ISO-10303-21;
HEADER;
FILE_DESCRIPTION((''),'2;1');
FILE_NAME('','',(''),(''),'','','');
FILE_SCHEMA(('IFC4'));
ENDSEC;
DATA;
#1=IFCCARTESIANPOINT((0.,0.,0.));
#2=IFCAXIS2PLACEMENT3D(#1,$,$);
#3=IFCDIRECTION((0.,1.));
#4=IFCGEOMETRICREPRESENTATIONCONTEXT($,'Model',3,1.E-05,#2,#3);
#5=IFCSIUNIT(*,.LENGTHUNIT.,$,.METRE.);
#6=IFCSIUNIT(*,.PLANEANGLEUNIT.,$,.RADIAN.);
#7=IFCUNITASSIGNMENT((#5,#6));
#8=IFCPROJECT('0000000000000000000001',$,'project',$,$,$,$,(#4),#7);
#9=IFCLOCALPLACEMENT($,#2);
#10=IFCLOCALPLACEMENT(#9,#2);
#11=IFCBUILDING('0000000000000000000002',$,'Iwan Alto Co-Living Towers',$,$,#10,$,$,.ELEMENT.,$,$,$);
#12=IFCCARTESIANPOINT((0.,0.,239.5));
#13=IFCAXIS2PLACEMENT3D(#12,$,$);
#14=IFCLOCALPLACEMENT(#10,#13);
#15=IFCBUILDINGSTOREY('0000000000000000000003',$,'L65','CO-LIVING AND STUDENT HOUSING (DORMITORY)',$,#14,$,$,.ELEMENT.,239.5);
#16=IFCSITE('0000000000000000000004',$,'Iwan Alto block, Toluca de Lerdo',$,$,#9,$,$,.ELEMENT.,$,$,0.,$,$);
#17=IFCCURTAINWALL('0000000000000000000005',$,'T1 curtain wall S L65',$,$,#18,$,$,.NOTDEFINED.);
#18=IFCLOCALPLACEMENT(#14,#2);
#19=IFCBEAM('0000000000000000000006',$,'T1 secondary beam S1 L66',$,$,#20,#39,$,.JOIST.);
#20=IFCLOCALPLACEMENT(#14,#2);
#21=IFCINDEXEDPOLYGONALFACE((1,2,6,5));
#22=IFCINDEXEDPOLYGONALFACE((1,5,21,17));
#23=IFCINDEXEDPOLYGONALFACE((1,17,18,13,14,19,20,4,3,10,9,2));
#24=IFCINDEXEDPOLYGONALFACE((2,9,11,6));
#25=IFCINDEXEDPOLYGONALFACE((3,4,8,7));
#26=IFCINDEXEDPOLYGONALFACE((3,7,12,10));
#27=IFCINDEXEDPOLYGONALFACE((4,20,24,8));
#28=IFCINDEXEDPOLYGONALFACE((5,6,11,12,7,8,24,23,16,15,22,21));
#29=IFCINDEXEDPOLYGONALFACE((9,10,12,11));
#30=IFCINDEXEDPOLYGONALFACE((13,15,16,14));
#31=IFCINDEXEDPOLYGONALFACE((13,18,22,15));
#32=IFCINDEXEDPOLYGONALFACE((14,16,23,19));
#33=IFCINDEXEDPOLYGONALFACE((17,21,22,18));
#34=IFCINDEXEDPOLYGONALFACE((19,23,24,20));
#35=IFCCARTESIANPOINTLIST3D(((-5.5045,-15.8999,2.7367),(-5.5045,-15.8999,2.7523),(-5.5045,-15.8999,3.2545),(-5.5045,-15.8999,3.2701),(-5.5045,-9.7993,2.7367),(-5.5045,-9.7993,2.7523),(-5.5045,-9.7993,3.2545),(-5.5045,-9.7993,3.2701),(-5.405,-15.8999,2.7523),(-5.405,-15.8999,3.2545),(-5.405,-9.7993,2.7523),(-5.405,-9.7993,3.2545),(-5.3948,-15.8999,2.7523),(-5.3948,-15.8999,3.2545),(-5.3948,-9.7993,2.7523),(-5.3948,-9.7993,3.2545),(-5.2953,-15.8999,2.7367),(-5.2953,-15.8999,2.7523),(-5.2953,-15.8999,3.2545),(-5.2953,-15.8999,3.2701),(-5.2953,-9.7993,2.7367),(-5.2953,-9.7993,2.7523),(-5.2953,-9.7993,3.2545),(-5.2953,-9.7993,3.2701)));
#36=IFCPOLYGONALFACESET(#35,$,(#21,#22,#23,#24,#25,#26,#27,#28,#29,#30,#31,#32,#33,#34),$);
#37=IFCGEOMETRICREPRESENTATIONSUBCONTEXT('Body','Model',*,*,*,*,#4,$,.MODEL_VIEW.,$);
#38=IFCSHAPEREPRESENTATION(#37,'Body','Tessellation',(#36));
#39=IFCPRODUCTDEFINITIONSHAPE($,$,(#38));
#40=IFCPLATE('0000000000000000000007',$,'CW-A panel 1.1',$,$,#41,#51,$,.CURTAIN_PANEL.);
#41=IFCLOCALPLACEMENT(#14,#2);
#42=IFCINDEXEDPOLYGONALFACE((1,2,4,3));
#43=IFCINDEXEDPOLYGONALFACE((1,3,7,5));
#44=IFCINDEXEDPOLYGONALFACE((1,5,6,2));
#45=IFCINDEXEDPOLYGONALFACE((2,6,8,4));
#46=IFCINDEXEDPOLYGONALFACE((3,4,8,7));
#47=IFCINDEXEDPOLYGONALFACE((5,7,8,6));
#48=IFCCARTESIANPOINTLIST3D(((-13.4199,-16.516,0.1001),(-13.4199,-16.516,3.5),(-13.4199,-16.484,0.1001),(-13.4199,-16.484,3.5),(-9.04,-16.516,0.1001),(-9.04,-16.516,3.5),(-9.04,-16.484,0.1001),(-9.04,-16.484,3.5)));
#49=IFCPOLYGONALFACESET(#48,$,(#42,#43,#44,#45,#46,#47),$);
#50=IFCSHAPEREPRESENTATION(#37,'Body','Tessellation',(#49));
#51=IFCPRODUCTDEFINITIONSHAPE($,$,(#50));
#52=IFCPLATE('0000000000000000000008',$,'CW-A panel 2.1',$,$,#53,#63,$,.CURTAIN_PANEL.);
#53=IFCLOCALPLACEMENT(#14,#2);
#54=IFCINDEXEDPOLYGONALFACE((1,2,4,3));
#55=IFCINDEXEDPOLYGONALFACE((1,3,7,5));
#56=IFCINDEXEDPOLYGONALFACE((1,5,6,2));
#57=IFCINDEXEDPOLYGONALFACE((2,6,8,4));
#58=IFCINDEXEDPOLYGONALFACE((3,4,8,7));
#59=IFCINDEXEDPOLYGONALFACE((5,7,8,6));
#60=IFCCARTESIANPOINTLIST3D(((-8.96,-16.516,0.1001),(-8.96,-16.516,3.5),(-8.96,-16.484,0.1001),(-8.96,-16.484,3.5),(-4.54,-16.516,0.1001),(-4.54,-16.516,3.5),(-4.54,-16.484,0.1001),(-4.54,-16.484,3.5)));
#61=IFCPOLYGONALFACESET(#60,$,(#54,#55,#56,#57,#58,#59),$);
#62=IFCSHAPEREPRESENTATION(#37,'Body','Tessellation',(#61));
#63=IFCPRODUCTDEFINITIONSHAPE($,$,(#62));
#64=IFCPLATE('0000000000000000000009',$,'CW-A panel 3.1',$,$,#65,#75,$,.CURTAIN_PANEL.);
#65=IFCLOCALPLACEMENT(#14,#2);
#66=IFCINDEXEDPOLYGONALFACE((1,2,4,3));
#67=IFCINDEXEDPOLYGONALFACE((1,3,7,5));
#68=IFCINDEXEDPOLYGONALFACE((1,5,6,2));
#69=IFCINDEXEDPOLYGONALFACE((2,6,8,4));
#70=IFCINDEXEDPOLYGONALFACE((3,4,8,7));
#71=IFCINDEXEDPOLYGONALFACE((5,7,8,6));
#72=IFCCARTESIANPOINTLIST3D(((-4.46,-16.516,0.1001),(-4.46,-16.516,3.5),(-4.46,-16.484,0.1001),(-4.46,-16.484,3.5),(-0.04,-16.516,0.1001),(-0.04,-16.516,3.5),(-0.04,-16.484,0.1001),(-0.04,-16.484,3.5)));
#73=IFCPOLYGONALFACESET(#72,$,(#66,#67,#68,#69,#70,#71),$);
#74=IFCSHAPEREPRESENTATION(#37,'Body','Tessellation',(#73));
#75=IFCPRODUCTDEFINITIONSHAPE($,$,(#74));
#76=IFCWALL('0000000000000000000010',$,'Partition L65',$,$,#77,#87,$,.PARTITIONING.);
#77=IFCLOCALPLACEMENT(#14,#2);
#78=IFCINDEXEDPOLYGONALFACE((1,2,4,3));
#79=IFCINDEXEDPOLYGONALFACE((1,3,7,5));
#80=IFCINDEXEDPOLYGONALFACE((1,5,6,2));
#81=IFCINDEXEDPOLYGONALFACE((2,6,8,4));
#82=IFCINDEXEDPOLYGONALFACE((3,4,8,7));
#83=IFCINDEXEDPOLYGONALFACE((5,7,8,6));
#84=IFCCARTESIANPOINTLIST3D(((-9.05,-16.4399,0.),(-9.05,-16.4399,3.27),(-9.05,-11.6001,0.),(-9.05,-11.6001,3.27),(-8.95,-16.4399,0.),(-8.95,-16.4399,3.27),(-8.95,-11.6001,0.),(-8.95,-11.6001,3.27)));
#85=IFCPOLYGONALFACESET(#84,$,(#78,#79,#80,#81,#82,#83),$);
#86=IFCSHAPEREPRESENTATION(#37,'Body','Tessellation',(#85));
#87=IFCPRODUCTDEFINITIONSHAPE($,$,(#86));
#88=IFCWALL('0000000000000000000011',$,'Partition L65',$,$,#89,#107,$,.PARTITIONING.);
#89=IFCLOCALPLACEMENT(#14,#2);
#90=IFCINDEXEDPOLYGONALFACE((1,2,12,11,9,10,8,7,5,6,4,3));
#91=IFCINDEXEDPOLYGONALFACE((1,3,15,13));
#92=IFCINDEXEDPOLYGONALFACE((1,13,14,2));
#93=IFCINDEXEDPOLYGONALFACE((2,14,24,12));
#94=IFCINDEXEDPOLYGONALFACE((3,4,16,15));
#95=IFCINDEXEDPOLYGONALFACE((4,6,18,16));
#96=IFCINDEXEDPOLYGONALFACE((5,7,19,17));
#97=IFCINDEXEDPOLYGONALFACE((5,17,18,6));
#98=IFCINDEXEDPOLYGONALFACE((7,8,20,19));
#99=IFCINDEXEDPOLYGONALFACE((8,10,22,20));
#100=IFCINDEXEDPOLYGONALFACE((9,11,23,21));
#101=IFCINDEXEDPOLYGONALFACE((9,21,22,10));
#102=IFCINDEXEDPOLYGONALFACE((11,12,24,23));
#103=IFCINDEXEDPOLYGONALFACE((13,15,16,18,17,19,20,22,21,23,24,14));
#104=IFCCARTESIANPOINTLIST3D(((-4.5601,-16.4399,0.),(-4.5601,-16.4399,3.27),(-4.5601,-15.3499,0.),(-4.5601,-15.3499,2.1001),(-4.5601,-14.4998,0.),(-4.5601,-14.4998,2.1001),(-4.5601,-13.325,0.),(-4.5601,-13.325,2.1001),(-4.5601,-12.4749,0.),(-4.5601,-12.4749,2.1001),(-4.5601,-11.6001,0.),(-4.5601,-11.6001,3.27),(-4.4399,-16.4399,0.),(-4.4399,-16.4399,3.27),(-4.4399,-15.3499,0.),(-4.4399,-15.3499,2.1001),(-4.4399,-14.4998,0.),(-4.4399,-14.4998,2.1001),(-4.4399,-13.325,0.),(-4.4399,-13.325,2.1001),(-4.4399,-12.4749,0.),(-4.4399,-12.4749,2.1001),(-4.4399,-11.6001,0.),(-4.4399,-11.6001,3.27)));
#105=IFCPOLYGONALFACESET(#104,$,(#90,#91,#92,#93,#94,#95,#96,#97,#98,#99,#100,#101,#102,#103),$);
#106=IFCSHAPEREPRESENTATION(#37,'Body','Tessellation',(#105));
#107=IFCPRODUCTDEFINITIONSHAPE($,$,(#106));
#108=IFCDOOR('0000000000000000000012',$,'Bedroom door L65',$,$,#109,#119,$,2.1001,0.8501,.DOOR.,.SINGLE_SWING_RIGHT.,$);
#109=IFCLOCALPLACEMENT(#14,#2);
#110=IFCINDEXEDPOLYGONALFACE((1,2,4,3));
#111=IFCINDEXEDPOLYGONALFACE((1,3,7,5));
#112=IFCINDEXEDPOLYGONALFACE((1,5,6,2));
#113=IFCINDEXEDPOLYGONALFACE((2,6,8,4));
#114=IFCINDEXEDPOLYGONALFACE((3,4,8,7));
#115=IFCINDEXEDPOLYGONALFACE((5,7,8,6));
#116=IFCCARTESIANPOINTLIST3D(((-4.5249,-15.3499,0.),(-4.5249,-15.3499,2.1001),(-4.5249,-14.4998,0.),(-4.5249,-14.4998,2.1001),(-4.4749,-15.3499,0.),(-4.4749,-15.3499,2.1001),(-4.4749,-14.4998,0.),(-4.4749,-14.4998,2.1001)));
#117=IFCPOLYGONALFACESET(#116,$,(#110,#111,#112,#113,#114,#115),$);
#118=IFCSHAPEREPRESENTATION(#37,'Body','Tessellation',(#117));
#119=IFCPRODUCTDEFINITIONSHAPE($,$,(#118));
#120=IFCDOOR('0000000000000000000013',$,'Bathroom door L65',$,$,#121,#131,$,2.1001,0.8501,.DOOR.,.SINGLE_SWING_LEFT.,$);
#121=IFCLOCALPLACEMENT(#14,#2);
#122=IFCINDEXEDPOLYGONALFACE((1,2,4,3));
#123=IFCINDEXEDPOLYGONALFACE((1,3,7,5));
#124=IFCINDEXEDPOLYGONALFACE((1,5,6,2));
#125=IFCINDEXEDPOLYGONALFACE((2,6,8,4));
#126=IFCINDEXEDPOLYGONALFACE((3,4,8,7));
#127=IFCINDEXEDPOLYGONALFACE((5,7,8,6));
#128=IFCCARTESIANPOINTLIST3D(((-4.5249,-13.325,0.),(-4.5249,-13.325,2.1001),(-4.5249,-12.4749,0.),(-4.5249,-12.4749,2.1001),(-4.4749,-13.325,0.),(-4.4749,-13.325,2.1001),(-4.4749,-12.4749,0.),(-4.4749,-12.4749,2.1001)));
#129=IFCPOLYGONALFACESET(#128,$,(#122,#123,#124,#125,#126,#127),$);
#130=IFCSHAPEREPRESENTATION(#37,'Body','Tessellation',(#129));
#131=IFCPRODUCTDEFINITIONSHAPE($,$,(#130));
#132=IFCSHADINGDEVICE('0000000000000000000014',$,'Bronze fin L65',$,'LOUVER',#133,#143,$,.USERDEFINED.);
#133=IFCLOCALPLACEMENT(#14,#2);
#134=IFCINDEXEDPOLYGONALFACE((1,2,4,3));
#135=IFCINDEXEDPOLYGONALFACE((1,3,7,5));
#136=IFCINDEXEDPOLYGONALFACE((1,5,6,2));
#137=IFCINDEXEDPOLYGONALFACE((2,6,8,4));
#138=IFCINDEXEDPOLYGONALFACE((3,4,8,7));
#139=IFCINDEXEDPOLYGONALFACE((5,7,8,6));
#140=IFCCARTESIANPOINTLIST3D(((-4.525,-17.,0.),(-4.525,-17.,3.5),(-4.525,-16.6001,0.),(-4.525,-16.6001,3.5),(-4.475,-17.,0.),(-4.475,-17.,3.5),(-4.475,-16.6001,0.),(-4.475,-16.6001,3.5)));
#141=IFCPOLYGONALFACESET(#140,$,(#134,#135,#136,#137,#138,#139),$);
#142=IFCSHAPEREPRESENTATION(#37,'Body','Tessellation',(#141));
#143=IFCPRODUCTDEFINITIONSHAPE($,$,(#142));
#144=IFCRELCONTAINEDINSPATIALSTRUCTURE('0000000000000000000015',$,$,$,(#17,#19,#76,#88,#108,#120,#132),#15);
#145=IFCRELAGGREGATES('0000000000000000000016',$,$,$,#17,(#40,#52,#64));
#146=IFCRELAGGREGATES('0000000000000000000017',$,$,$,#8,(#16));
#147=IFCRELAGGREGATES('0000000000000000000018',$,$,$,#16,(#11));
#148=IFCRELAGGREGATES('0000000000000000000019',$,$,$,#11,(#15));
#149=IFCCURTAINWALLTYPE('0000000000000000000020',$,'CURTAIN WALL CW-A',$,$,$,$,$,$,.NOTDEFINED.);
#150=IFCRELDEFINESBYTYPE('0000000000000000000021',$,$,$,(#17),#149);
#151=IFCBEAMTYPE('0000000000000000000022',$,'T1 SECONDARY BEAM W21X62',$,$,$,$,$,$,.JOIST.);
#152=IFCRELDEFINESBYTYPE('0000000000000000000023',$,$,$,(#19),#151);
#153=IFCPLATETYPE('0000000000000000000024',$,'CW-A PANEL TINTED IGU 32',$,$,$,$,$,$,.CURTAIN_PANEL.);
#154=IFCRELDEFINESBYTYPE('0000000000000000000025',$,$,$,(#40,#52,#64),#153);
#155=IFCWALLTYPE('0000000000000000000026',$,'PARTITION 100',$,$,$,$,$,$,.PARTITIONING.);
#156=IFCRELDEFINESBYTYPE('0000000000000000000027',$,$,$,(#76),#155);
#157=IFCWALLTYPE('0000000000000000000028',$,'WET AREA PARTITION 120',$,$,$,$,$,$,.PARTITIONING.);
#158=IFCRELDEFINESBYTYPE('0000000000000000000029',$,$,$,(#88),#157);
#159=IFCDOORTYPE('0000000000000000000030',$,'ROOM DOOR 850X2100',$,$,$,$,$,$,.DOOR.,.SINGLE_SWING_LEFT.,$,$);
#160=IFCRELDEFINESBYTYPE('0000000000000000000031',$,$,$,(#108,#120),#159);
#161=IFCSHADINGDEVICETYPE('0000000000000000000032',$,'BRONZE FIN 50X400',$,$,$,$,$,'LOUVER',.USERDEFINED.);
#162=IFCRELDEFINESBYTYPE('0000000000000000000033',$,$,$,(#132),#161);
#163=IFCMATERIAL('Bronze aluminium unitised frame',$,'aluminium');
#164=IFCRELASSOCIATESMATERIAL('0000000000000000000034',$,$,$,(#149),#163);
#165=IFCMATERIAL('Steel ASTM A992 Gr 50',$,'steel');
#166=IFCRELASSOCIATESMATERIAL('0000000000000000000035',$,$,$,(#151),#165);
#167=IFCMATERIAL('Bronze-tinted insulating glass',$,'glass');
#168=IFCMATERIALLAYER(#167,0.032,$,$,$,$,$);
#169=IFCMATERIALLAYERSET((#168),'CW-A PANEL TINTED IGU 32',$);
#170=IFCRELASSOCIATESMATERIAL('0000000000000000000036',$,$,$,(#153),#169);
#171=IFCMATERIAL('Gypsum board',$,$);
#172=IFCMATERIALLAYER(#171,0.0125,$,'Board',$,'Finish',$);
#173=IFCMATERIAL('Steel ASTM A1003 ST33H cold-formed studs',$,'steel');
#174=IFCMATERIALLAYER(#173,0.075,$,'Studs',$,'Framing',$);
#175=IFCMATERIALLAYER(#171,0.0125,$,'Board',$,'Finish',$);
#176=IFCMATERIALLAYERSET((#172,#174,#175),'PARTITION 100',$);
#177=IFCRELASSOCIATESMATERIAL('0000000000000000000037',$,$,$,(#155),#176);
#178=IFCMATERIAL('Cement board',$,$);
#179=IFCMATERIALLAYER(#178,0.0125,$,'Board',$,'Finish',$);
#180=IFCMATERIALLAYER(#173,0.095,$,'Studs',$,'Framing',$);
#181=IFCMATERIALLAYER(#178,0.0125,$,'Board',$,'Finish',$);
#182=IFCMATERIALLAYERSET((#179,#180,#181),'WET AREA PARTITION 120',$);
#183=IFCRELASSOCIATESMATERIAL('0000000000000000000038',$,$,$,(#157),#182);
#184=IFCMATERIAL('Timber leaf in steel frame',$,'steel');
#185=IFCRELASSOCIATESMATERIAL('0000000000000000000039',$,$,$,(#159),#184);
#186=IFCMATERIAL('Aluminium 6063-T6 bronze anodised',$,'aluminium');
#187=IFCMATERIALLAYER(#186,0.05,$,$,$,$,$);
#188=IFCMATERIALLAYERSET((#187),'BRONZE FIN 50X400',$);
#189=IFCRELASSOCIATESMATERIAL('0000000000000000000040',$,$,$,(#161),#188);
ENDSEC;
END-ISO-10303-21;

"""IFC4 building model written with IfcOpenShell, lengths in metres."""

from ifc_helpers import new_model, si_unit, direction, frame, frame_2d, origin, origin_2d, place, context, subcontext, project, spatial, rectangle, i_section, extrude, material, layer, layer_set, material_profile, profile_set, type_object, element, fill, aggregate, save


model = new_model("IFC4")

# Units and contexts
model_context = context("Model", 3, precision=1e-05, world=origin(), true_north=direction((0.0, 1.0)))
body_context = subcontext(model_context, "Body", "Model", "MODEL_VIEW")
ifc_project = project(units=[si_unit("LENGTHUNIT", "METRE"), si_unit("PLANEANGLEUNIT", "RADIAN")], contexts=[model_context])

# Site, building, storey
site_placement = place(None, origin())
site = spatial("IfcSite", under=ifc_project, at=site_placement, Name="Iwan Alto block, Toluca de Lerdo", CompositionType="ELEMENT", RefElevation=0.0)
building_placement = place(site_placement, origin())
building = spatial("IfcBuilding", under=site, at=building_placement, Name="Iwan Alto Co-Living Towers", CompositionType="ELEMENT")
storey_placement = place(building_placement, frame((0.0, 0.0, 239.5)))
storey = spatial("IfcBuildingStorey", under=building, at=storey_placement, Name="L65", Description="CO-LIVING AND STUDENT HOUSING (DORMITORY)", CompositionType="ELEMENT", Elevation=239.5)

# Curtain wall
ifc_material_1 = material(Name="Bronze aluminium unitised frame", Category="aluminium")
curtain_wall_type_1 = type_object("IfcCurtainWallType", Name="CURTAIN WALL CW-A", PredefinedType="NOTDEFINED", material=ifc_material_1)
curtain_wall_1_placement = place(storey_placement, origin())
curtain_wall_1 = element("IfcCurtainWall", 1, at=curtain_wall_1_placement, inside=storey, type_object=curtain_wall_type_1, Name="T1 curtain wall S L65", PredefinedType="NOTDEFINED")

# Beam
ifc_material_2 = material(Name="Steel ASTM A992 Gr 50", Category="steel")
ifc_material_profile_1 = material_profile(ifc_material_2, i_section(OverallWidth=0.2092, OverallDepth=0.5334, WebThickness=0.0103, FlangeThickness=0.0156, at=origin_2d()), Name="W21X62")
ifc_profile_set_1 = profile_set([ifc_material_profile_1], Name="Steel ASTM A992 Gr 50")
beam_type_1 = type_object("IfcBeamType", Name="T1 SECONDARY BEAM W21X62", PredefinedType="JOIST", material=ifc_profile_set_1)
beam_1_placement = place(storey_placement, frame((-5.3999, -15.8999, 3.0034), z_axis=(0.0, 1.0, 0.0), x_axis=(-1.0, 0.0, 0.0)))
element("IfcBeam", 2, at=beam_1_placement, inside=storey, type_object=beam_type_1, Name="T1 secondary beam S1 L66", PredefinedType="JOIST", context=body_context, shape_type="SweptSolid", body=[
    extrude(i_section(OverallWidth=0.2092, OverallDepth=0.5334, WebThickness=0.0103, FlangeThickness=0.0156, at=origin_2d()), origin(), (0.0, 0.0, 1.0), 6.1006),
])

# Plates
ifc_material_3 = material(Name="Bronze-tinted insulating glass", Category="glass")
ifc_layer_1 = layer(ifc_material_3, 0.032)
ifc_layer_set_1 = layer_set([ifc_layer_1], Name="CW-A PANEL TINTED IGU 32")
plate_type = type_object("IfcPlateType", Name="CW-A PANEL TINTED IGU 32", PredefinedType="CURTAIN_PANEL", material=ifc_layer_set_1)
plate_1_placement = place(storey_placement, frame((-11.23, -16.5, 0.1001), z_axis=(0.0, 0.0, 1.0), x_axis=(1.0, 0.0, 0.0)))
plate_1 = element("IfcPlate", 3, at=plate_1_placement, type_object=plate_type, Name="CW-A panel 1.1", PredefinedType="CURTAIN_PANEL", context=body_context, shape_type="SweptSolid", body=[
    extrude(rectangle(XDim=4.3799, YDim=0.032, at=origin_2d()), origin(), (0.0, 0.0, 1.0), 3.3999),
])
plate_2_placement = place(storey_placement, frame((-6.75, -16.5, 0.1001), z_axis=(0.0, 0.0, 1.0), x_axis=(1.0, 0.0, 0.0)))
plate_2 = element("IfcPlate", 4, at=plate_2_placement, type_object=plate_type, Name="CW-A panel 2.1", PredefinedType="CURTAIN_PANEL", context=body_context, shape_type="SweptSolid", body=[
    extrude(rectangle(XDim=4.4199, YDim=0.032, at=origin_2d()), origin(), (0.0, 0.0, 1.0), 3.3999),
])
plate_3_placement = place(storey_placement, frame((-2.25, -16.5, 0.1001), z_axis=(0.0, 0.0, 1.0), x_axis=(1.0, 0.0, 0.0)))
plate_3 = element("IfcPlate", 5, at=plate_3_placement, type_object=plate_type, Name="CW-A panel 3.1", PredefinedType="CURTAIN_PANEL", context=body_context, shape_type="SweptSolid", body=[
    extrude(rectangle(XDim=4.4199, YDim=0.032, at=origin_2d()), origin(), (0.0, 0.0, 1.0), 3.3999),
])
aggregate(curtain_wall_1, [plate_1, plate_2, plate_3])

# Wall
ifc_material_4 = material(Name="Gypsum board")
ifc_layer_2 = layer(ifc_material_4, 0.0125, Name="Board", Category="Finish")
ifc_material_5 = material(Name="Steel ASTM A1003 ST33H cold-formed studs", Category="steel")
ifc_layer_3 = layer(ifc_material_5, 0.075, Name="Studs", Category="Framing")
ifc_layer_4 = layer(ifc_material_4, 0.0125, Name="Board", Category="Finish")
ifc_layer_set_2 = layer_set([ifc_layer_2, ifc_layer_3, ifc_layer_4], Name="PARTITION 100")
wall_type_1 = type_object("IfcWallType", Name="PARTITION 100", PredefinedType="PARTITIONING", material=ifc_layer_set_2)
wall_1_placement = place(storey_placement, frame((-9.0, -16.4399, 0.0), z_axis=(0.0, 0.0, 1.0), x_axis=(0.0, 1.0, 0.0)))
element("IfcWall", 6, at=wall_1_placement, inside=storey, type_object=wall_type_1, Name="Partition L65", PredefinedType="PARTITIONING", context=body_context, shape_type="SweptSolid", body=[
    extrude(rectangle(XDim=4.8398, YDim=0.1001, at=frame_2d((2.4199, 0.0))), origin(), (0.0, 0.0, 1.0), 3.27),
])

# Wall, openings, doors
ifc_material_6 = material(Name="Cement board")
ifc_layer_5 = layer(ifc_material_6, 0.0125, Name="Board", Category="Finish")
ifc_layer_6 = layer(ifc_material_5, 0.095, Name="Studs", Category="Framing")
ifc_layer_7 = layer(ifc_material_6, 0.0125, Name="Board", Category="Finish")
ifc_layer_set_3 = layer_set([ifc_layer_5, ifc_layer_6, ifc_layer_7], Name="WET AREA PARTITION 120")
wall_type_2 = type_object("IfcWallType", Name="WET AREA PARTITION 120", PredefinedType="PARTITIONING", material=ifc_layer_set_3)
wall_2_placement = place(storey_placement, frame((-4.5, -16.4399, 0.0), z_axis=(0.0, 0.0, 1.0), x_axis=(0.0, 1.0, 0.0)))
wall_2 = element("IfcWall", 7, at=wall_2_placement, inside=storey, type_object=wall_type_2, Name="Partition L65", PredefinedType="PARTITIONING", context=body_context, shape_type="SweptSolid", body=[
    extrude(rectangle(XDim=4.8398, YDim=0.1201, at=frame_2d((2.4199, 0.0))), origin(), (0.0, 0.0, 1.0), 3.27),
])
opening_1_placement = place(wall_2_placement, frame((1.0901, 0.0, 0.0)))
opening_1 = element("IfcOpeningElement", 8, at=opening_1_placement, cuts=wall_2, PredefinedType="OPENING", context=body_context, shape_type="SweptSolid", body=[
    extrude(rectangle(XDim=0.8501, YDim=2.1001, at=frame_2d((0.425, 1.05))), frame((0.0, 0.0701, 0.0), z_axis=(0.0, -1.0, 0.0), x_axis=(1.0, 0.0, 0.0)), (0.0, 0.0, 1.0), 0.1401),
])
opening_2_placement = place(wall_2_placement, frame((3.115, 0.0, 0.0)))
opening_2 = element("IfcOpeningElement", 9, at=opening_2_placement, cuts=wall_2, PredefinedType="OPENING", context=body_context, shape_type="SweptSolid", body=[
    extrude(rectangle(XDim=0.8501, YDim=2.1001, at=frame_2d((0.425, 1.05))), frame((0.0, 0.0701, 0.0), z_axis=(0.0, -1.0, 0.0), x_axis=(1.0, 0.0, 0.0)), (0.0, 0.0, 1.0), 0.1401),
])
ifc_material_7 = material(Name="Timber leaf in steel frame", Category="steel")
door_type = type_object("IfcDoorType", Name="ROOM DOOR 850X2100", OperationType="SINGLE_SWING_LEFT", PredefinedType="DOOR", material=ifc_material_7)
door_1_placement = place(opening_1_placement, origin())
door_1 = element("IfcDoor", 10, at=door_1_placement, inside=storey, type_object=door_type, Name="Bedroom door L65", OperationType="SINGLE_SWING_RIGHT", OverallHeight=2.1001, OverallWidth=0.8501, PredefinedType="DOOR", context=body_context, shape_type="SweptSolid", body=[
    extrude(rectangle(XDim=0.8501, YDim=2.1001, at=frame_2d((0.425, 1.05))), frame((0.0, 0.0249, 0.0), z_axis=(0.0, -1.0, 0.0), x_axis=(1.0, 0.0, 0.0)), (0.0, 0.0, 1.0), 0.05),
])
fill(opening_1, door_1)
door_2_placement = place(opening_2_placement, origin())
door_2 = element("IfcDoor", 11, at=door_2_placement, inside=storey, type_object=door_type, Name="Bathroom door L65", OperationType="SINGLE_SWING_LEFT", OverallHeight=2.1001, OverallWidth=0.8501, PredefinedType="DOOR", context=body_context, shape_type="SweptSolid", body=[
    extrude(rectangle(XDim=0.8501, YDim=2.1001, at=frame_2d((0.425, 1.05))), frame((0.0, 0.0249, 0.0), z_axis=(0.0, -1.0, 0.0), x_axis=(1.0, 0.0, 0.0)), (0.0, 0.0, 1.0), 0.05),
])
fill(opening_2, door_2)

# Shading device
ifc_material_8 = material(Name="Aluminium 6063-T6 bronze anodised", Category="aluminium")
ifc_layer_8 = layer(ifc_material_8, 0.05)
ifc_layer_set_4 = layer_set([ifc_layer_8], Name="BRONZE FIN 50X400")
shading_device_type = type_object("IfcShadingDeviceType", Name="BRONZE FIN 50X400", ElementType="LOUVER", PredefinedType="USERDEFINED", material=ifc_layer_set_4)
shading_device_placement = place(storey_placement, frame((-4.5, -16.8, 0.0), z_axis=(0.0, 0.0, 1.0), x_axis=(1.0, 0.0, 0.0)))
element("IfcShadingDevice", 12, at=shading_device_placement, inside=storey, type_object=shading_device_type, Name="Bronze fin L65", ObjectType="LOUVER", PredefinedType="USERDEFINED", context=body_context, shape_type="SweptSolid", body=[
    extrude(rectangle(XDim=0.05, YDim=0.3999, at=origin_2d()), origin(), (0.0, 0.0, 1.0), 3.5),
])

save(model, "model.ifc")
